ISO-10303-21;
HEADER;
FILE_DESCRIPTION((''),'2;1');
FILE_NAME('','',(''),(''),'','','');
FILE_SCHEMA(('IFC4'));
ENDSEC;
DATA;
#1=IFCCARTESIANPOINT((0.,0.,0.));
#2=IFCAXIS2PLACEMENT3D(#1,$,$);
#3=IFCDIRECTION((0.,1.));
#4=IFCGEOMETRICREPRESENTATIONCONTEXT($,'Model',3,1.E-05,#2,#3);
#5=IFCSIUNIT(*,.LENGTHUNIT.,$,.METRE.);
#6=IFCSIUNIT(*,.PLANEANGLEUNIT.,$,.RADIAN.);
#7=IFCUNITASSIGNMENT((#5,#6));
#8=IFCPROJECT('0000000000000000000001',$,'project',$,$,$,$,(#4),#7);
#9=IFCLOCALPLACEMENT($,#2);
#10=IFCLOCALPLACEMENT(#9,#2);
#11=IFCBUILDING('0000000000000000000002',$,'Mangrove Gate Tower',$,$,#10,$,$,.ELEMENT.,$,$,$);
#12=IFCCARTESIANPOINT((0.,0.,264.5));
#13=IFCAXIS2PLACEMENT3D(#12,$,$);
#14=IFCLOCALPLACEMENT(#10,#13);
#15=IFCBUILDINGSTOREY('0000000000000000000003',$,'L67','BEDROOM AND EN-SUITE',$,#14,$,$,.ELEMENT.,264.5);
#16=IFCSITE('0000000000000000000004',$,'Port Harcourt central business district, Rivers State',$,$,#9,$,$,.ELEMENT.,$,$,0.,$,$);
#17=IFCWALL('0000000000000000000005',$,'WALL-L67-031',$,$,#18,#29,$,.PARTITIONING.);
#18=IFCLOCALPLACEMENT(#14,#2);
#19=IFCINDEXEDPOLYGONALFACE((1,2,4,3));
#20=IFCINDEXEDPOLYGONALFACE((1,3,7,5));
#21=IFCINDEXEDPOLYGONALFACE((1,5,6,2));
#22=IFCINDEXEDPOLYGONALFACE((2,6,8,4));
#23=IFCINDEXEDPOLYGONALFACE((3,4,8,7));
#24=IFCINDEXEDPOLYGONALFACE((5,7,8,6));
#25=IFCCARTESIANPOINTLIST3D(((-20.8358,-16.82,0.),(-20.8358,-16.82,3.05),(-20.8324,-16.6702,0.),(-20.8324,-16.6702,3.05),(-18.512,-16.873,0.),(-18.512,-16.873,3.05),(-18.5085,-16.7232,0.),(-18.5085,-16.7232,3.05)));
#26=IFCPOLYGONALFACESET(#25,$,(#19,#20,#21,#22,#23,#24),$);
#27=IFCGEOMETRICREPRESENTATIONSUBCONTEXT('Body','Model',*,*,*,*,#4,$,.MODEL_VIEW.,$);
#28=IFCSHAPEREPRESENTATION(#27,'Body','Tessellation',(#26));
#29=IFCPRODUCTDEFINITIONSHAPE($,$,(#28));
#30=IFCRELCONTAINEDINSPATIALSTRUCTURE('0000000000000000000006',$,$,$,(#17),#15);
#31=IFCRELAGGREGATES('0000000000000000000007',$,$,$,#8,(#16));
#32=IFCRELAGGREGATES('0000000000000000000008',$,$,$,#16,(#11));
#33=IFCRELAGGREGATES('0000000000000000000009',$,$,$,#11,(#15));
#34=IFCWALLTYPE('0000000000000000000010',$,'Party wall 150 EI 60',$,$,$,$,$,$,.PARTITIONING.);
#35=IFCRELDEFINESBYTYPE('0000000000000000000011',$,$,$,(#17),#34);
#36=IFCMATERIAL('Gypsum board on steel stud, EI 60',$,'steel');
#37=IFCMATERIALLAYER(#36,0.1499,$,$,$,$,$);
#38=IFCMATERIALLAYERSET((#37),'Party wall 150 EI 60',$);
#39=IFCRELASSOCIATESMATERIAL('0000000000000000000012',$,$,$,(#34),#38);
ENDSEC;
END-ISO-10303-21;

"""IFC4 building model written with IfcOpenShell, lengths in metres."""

from ifc_helpers import new_model, si_unit, direction, frame, frame_2d, origin, place, context, subcontext, project, spatial, rectangle, extrude, material, layer, layer_set, type_object, element, save


model = new_model("IFC4")

# Units and contexts
model_context = context("Model", 3, precision=1e-05, world=origin(), true_north=direction((0.0, 1.0)))
body_context = subcontext(model_context, "Body", "Model", "MODEL_VIEW")
ifc_project = project(units=[si_unit("LENGTHUNIT", "METRE"), si_unit("PLANEANGLEUNIT", "RADIAN")], contexts=[model_context])

# Site, building, storey
site_placement = place(None, origin())
site = spatial("IfcSite", under=ifc_project, at=site_placement, Name="Port Harcourt central business district, Rivers State", CompositionType="ELEMENT", RefElevation=0.0)
building_placement = place(site_placement, origin())
building = spatial("IfcBuilding", under=site, at=building_placement, Name="Mangrove Gate Tower", CompositionType="ELEMENT")
storey_placement = place(building_placement, frame((0.0, 0.0, 264.5)))
storey = spatial("IfcBuildingStorey", under=building, at=storey_placement, Name="L67", Description="BEDROOM AND EN-SUITE", CompositionType="ELEMENT", Elevation=264.5)

# Shared definitions
ifc_material_1 = material(Name="Gypsum board on steel stud, EI 60", Category="steel")
ifc_layer_1 = layer(ifc_material_1, 0.1499)
ifc_layer_set_1 = layer_set([ifc_layer_1], Name="Party wall 150 EI 60")
wall_type_1 = type_object("IfcWallType", Name="Party wall 150 EI 60", PredefinedType="PARTITIONING", material=ifc_layer_set_1)

# Wall
wall_1_placement = place(storey_placement, frame((-20.834, -16.7451, 0.0), z_axis=(0.0, 0.0, 1.0), x_axis=(0.99974, -0.022791, 0.0)))
element("IfcWall", 1, at=wall_1_placement, inside=storey, type_object=wall_type_1, Name="WALL-L67-031", PredefinedType="PARTITIONING", context=body_context, shape_type="SweptSolid", body=[
    extrude(rectangle(XDim=2.3245, YDim=0.1499, at=frame_2d((1.1621, 0.0))), origin(), (0.0, 0.0, 1.0), 3.05),
])

save(model, "model.ifc")
